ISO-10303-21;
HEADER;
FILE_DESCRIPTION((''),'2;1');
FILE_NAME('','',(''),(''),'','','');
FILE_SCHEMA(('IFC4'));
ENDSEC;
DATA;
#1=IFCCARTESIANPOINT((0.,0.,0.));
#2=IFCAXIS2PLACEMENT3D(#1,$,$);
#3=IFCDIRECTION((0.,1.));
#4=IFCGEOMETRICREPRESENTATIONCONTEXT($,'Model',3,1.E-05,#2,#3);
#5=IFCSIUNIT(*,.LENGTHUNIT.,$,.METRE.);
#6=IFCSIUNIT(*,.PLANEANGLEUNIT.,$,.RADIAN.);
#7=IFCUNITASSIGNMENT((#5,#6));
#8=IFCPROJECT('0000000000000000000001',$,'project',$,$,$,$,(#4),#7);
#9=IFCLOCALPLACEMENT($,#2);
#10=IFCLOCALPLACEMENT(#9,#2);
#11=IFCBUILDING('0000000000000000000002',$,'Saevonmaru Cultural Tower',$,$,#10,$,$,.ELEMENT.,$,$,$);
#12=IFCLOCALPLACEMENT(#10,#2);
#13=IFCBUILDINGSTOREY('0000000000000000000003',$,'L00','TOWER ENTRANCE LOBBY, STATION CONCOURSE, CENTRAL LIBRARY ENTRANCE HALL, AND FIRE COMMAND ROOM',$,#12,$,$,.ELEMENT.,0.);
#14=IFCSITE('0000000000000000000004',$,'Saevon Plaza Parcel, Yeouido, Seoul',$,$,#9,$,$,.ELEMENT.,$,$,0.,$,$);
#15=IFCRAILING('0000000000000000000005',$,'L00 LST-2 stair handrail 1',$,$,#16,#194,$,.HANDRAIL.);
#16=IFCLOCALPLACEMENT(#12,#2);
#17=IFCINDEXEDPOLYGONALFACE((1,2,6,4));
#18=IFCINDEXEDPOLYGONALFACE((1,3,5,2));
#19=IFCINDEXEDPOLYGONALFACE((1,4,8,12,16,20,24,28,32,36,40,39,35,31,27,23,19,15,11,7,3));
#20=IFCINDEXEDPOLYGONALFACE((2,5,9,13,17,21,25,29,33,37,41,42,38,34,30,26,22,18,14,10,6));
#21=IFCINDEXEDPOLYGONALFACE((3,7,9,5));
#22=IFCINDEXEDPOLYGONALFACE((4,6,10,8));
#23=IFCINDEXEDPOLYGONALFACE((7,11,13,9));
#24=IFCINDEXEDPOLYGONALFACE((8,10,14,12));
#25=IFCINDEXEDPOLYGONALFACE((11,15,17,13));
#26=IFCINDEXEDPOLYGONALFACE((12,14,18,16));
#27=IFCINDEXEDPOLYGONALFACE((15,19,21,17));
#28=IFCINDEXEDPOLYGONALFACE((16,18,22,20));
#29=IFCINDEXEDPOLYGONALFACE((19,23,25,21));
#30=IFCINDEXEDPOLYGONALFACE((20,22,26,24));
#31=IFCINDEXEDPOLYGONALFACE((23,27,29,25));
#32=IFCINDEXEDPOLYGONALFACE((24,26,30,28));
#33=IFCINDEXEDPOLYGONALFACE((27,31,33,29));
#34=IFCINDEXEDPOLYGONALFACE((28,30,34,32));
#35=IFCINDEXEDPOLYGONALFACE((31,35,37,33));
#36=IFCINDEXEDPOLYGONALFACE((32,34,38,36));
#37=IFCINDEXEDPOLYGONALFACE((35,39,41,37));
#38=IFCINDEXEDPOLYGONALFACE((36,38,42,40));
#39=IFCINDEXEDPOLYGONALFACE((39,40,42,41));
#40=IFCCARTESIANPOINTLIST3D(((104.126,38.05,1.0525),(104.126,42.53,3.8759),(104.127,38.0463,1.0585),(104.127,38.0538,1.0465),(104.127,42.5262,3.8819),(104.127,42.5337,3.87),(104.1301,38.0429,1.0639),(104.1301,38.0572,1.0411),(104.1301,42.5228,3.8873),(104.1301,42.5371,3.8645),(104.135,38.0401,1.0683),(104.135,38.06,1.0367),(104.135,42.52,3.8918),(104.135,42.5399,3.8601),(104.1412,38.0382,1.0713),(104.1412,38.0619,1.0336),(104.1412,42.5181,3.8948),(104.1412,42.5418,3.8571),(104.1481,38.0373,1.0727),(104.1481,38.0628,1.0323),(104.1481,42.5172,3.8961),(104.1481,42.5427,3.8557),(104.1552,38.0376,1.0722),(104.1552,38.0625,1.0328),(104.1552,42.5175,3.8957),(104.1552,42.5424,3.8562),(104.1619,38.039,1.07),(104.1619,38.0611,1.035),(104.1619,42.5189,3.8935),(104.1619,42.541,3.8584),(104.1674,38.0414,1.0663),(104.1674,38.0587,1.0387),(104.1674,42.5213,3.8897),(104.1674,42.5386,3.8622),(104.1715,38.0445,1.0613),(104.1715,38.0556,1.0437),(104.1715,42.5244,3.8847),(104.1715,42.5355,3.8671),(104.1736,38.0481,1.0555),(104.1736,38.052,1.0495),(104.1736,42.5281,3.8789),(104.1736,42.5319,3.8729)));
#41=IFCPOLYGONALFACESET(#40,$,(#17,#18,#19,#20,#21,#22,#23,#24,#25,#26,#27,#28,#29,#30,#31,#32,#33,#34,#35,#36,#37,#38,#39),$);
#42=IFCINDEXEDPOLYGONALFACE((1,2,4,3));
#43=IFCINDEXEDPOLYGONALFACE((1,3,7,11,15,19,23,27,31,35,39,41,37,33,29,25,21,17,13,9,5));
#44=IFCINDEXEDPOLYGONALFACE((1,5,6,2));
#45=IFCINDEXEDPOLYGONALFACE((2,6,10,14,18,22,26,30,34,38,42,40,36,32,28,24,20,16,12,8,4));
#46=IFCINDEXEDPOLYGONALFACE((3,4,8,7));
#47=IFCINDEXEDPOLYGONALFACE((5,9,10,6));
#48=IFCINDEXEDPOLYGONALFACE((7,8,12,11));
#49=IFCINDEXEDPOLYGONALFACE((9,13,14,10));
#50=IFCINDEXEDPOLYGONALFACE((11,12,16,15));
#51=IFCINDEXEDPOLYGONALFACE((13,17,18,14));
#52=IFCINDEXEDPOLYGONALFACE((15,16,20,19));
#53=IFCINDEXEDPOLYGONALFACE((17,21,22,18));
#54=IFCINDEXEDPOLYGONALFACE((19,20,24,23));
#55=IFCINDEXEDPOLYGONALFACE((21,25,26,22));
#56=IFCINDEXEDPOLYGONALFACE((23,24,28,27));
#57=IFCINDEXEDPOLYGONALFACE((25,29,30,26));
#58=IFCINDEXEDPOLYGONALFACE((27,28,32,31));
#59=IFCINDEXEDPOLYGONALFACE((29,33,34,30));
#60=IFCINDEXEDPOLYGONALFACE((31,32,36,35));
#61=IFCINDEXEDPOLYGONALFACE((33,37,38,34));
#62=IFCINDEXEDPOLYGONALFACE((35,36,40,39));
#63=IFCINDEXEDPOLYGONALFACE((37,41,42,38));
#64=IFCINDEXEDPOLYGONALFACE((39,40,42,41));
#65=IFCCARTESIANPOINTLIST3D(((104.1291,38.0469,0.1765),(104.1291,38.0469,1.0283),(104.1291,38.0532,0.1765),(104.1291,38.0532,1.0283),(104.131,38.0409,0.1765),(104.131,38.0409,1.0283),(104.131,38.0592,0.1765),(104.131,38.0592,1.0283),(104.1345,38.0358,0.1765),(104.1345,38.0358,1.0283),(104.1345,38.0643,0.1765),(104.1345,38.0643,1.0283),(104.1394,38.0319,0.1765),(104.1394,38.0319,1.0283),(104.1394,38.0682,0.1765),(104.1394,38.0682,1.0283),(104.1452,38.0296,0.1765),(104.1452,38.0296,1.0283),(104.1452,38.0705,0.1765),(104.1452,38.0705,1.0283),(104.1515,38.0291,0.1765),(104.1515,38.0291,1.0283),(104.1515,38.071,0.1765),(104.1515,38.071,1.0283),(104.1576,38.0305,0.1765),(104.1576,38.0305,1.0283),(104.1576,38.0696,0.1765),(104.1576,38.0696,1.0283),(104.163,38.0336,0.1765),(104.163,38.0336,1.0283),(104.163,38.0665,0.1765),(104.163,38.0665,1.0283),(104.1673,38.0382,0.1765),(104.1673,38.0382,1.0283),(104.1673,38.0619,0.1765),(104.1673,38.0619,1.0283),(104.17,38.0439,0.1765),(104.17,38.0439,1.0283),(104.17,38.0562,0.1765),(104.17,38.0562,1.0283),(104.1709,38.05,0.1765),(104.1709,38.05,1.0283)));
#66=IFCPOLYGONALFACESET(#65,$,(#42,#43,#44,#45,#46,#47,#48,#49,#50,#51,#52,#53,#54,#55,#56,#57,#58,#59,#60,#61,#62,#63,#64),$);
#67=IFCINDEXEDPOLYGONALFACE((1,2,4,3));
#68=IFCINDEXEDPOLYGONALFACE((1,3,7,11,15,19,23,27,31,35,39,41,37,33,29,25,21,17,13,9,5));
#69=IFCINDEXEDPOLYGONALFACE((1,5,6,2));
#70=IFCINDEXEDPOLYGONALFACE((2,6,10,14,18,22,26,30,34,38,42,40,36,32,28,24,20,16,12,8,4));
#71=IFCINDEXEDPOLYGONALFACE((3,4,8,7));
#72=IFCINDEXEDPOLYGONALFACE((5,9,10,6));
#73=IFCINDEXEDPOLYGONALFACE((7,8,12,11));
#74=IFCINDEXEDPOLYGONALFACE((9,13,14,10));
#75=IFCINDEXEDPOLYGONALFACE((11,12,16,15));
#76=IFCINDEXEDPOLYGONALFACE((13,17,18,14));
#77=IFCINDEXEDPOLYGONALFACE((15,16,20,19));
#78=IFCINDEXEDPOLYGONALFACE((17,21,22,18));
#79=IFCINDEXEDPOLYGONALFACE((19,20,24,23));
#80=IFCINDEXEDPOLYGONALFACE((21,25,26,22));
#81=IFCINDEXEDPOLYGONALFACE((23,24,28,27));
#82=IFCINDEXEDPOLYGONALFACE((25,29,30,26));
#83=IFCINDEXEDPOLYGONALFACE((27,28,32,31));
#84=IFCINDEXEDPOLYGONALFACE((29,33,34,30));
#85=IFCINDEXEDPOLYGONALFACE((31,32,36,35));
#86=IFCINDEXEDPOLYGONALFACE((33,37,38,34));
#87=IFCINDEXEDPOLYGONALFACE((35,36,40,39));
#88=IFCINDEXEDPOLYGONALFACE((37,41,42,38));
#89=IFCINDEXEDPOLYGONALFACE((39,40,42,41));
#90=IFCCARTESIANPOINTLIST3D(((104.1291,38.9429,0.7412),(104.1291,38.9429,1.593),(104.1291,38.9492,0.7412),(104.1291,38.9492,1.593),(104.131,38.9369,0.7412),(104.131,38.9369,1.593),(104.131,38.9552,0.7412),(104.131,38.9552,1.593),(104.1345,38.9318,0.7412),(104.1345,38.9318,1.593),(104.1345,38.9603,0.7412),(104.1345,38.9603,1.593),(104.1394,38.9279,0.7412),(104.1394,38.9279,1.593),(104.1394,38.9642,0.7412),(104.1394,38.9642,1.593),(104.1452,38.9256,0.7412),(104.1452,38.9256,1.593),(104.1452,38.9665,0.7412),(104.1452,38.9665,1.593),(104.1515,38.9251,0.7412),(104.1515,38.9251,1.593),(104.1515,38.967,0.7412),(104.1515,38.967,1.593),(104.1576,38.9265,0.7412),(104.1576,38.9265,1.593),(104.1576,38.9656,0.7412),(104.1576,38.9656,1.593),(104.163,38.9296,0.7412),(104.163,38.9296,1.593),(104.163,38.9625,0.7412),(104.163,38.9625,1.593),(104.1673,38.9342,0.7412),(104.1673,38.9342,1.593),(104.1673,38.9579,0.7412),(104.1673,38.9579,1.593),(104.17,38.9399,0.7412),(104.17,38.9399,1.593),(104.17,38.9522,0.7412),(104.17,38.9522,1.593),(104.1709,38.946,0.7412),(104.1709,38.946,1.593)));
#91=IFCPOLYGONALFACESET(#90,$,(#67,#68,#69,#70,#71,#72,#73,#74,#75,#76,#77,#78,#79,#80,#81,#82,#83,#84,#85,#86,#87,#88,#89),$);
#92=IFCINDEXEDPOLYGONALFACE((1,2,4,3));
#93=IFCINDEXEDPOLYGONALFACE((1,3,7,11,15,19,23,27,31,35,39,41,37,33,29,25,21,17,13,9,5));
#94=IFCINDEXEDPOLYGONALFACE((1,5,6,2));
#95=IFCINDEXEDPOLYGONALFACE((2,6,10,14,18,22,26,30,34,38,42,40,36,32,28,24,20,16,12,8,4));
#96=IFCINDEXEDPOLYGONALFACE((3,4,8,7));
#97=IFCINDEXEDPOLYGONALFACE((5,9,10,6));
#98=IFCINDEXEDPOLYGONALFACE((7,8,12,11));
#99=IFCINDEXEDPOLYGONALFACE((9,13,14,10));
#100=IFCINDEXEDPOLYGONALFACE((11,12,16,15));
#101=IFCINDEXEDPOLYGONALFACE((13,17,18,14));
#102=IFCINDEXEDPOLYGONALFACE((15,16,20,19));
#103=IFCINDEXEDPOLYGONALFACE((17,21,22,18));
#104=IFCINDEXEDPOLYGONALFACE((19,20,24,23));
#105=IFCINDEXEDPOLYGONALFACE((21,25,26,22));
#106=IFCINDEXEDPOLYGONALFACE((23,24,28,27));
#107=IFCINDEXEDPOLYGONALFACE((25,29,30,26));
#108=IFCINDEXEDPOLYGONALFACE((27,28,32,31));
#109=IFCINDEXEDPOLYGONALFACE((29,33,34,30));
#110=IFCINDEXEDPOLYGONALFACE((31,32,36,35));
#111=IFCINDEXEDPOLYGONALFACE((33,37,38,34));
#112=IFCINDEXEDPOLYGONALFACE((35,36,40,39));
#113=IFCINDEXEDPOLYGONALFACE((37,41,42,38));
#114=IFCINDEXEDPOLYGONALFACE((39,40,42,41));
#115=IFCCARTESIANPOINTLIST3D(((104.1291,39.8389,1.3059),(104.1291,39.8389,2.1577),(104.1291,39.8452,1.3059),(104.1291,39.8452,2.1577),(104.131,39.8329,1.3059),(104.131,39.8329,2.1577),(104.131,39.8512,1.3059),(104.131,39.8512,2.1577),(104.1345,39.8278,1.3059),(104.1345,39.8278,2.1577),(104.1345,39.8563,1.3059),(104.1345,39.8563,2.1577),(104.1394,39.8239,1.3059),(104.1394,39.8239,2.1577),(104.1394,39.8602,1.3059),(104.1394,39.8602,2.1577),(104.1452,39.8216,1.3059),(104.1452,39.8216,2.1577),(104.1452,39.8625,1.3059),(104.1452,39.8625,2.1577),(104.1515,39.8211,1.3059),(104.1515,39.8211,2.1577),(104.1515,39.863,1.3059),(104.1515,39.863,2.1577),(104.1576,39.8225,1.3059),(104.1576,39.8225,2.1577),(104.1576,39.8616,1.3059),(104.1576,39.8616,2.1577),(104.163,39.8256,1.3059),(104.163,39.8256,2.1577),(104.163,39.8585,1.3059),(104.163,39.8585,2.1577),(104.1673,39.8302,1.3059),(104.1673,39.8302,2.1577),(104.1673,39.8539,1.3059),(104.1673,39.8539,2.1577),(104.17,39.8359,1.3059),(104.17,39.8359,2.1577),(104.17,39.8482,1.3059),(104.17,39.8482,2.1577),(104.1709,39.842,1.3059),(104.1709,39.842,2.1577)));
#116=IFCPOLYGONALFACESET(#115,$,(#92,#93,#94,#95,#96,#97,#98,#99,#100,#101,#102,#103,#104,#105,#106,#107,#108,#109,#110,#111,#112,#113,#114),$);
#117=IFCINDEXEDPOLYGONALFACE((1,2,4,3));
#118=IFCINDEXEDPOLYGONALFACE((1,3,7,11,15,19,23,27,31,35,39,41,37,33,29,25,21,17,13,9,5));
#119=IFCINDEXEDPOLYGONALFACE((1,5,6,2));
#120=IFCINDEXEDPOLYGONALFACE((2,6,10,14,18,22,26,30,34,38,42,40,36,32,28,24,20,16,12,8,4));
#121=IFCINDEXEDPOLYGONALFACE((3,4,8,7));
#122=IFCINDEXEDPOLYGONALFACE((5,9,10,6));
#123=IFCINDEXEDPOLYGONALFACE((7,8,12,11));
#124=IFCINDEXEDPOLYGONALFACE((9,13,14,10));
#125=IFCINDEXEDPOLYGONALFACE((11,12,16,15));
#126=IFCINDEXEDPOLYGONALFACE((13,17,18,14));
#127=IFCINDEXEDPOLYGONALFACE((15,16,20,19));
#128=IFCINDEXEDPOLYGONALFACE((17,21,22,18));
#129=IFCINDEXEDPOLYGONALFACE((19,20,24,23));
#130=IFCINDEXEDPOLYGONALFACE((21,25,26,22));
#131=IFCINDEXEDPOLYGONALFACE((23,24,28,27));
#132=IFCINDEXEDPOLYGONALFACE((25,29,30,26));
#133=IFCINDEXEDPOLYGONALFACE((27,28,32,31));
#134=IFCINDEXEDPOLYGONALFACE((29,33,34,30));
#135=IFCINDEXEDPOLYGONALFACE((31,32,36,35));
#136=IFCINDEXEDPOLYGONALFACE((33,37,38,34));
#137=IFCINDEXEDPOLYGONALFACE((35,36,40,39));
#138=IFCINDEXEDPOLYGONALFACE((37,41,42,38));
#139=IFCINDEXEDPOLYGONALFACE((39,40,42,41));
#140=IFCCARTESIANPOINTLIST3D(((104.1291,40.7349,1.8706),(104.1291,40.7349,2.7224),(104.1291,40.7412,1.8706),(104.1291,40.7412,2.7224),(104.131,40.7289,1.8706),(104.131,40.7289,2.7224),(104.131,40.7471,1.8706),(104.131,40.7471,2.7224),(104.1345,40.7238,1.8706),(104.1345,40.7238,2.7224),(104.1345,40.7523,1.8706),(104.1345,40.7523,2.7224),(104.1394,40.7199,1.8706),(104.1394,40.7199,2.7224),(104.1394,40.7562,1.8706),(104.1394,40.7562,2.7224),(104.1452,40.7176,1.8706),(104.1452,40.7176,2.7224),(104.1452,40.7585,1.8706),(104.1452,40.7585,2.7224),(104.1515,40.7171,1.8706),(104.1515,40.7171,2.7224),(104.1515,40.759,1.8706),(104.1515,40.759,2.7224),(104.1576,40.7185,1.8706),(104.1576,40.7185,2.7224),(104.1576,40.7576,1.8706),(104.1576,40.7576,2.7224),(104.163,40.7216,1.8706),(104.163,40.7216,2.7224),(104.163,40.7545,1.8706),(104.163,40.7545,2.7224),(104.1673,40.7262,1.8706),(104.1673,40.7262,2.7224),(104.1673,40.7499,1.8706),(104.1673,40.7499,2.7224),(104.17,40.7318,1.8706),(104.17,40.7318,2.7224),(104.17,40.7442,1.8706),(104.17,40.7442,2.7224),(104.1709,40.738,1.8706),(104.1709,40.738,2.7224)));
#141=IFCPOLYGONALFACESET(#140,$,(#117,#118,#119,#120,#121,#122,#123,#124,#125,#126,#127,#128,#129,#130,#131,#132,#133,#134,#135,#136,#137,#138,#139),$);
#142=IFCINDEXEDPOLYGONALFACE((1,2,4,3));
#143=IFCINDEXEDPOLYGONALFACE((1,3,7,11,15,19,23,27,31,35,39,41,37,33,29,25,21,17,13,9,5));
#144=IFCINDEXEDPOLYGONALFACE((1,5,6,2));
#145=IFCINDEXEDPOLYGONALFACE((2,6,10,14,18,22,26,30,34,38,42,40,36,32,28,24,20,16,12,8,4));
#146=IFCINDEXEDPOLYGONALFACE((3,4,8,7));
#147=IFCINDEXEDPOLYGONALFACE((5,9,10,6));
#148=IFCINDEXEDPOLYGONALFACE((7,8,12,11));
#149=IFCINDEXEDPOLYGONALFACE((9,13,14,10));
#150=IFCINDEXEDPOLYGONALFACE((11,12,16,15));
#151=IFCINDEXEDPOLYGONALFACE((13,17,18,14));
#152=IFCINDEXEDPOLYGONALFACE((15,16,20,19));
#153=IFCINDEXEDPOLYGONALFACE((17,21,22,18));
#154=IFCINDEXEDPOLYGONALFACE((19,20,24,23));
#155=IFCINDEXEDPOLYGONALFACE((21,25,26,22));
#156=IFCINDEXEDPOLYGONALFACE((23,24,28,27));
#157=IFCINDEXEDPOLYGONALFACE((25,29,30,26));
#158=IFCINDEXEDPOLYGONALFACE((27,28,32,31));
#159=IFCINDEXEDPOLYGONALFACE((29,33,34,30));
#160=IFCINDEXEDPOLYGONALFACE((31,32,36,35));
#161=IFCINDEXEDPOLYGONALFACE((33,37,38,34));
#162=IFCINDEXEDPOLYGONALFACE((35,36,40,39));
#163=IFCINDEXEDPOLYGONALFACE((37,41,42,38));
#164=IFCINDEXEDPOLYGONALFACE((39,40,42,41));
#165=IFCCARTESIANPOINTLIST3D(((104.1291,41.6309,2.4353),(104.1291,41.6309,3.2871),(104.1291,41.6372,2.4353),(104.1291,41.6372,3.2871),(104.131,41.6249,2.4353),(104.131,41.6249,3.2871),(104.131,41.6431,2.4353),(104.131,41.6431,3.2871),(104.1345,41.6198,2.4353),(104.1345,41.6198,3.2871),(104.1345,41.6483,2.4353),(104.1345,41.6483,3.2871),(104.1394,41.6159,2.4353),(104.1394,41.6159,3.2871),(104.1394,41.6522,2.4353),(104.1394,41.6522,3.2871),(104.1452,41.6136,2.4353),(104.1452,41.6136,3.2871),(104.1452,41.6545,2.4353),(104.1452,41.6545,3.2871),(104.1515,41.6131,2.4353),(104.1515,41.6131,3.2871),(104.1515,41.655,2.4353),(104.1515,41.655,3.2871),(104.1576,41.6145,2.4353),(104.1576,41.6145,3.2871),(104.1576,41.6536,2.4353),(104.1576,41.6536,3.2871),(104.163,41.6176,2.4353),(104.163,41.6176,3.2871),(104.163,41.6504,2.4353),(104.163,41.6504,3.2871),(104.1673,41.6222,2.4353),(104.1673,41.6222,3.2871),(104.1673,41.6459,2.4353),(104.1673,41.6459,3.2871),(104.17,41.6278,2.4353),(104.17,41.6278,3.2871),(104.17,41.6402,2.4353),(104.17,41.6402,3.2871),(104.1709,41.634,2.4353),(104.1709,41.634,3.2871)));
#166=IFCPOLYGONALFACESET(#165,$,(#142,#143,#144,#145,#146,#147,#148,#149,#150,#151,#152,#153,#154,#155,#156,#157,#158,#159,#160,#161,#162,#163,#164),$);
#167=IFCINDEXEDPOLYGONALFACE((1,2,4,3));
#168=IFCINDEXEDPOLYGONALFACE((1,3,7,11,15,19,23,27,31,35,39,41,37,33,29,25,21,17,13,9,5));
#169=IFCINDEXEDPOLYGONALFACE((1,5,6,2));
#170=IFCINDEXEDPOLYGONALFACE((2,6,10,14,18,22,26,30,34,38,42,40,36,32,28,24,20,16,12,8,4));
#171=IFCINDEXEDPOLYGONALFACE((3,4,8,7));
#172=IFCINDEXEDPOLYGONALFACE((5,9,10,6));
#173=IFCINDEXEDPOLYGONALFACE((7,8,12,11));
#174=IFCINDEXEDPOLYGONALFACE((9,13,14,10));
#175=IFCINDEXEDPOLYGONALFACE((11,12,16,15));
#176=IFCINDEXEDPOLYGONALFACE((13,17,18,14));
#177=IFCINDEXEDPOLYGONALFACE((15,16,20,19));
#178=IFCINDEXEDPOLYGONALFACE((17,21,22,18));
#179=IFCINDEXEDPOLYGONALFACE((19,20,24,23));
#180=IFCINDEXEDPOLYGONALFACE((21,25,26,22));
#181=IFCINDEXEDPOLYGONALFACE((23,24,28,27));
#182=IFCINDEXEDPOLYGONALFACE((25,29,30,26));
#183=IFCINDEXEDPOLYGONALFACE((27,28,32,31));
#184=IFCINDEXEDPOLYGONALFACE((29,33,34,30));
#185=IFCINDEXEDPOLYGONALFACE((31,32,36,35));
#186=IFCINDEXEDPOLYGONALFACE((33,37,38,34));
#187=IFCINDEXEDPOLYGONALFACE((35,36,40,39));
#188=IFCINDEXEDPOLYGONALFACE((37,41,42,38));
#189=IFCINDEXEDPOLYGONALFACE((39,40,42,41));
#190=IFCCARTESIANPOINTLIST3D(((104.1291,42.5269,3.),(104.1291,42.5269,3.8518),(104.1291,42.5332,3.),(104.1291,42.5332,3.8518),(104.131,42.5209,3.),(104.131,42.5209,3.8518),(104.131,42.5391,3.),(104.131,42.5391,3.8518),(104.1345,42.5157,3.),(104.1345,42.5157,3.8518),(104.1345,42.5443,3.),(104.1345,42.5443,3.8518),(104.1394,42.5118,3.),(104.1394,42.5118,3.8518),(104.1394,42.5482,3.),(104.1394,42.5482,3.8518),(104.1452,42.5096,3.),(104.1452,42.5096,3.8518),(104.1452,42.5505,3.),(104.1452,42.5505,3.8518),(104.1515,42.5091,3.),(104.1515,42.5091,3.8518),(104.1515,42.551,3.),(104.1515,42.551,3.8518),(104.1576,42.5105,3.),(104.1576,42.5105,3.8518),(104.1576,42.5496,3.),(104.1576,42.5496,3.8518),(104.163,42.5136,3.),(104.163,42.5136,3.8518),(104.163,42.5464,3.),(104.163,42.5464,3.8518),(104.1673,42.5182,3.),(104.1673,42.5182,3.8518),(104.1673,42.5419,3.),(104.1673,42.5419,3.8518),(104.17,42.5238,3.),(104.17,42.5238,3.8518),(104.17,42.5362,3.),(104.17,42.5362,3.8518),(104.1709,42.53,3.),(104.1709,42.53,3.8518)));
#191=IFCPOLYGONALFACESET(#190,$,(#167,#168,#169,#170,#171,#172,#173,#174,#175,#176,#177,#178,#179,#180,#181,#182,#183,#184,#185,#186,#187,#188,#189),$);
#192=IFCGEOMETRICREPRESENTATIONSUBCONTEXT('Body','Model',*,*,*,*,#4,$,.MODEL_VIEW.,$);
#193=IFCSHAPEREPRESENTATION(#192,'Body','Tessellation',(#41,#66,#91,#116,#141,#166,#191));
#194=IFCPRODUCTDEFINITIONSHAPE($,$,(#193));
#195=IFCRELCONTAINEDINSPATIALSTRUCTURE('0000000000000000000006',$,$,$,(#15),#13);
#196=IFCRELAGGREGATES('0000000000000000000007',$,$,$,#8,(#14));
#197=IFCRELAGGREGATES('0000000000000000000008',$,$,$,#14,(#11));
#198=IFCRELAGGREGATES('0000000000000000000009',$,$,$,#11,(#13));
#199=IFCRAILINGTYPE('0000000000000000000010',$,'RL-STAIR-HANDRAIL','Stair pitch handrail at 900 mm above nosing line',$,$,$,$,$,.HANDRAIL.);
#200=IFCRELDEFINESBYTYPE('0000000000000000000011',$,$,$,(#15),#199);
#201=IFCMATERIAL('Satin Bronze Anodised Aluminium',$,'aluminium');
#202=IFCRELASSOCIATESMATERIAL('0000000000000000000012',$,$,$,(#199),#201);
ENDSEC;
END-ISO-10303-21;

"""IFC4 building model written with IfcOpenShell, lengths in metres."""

from ifc_helpers import new_model, si_unit, direction, frame, origin, origin_2d, place, context, subcontext, project, spatial, circle, extrude, material, type_object, element, save


model = new_model("IFC4")

# Units and contexts
model_context = context("Model", 3, precision=1e-05, world=origin(), true_north=direction((0.0, 1.0)))
body_context = subcontext(model_context, "Body", "Model", "MODEL_VIEW")
ifc_project = project(units=[si_unit("LENGTHUNIT", "METRE"), si_unit("PLANEANGLEUNIT", "RADIAN")], contexts=[model_context])

# Site, building, storey
site_placement = place(None, origin())
site = spatial("IfcSite", under=ifc_project, at=site_placement, Name="Saevon Plaza Parcel, Yeouido, Seoul", CompositionType="ELEMENT", RefElevation=0.0)
building_placement = place(site_placement, origin())
building = spatial("IfcBuilding", under=site, at=building_placement, Name="Saevonmaru Cultural Tower", CompositionType="ELEMENT")
storey_placement = place(building_placement, origin())
storey = spatial("IfcBuildingStorey", under=building, at=storey_placement, Name="L00", Description="TOWER ENTRANCE LOBBY, STATION CONCOURSE, CENTRAL LIBRARY ENTRANCE HALL, AND FIRE COMMAND ROOM", CompositionType="ELEMENT", Elevation=0.0)

# Shared definitions
ifc_material_1 = material(Name="Satin Bronze Anodised Aluminium", Category="aluminium")

# Railing
railing_type_1 = type_object("IfcRailingType", Name="RL-STAIR-HANDRAIL", Description="Stair pitch handrail at 900 mm above nosing line", PredefinedType="HANDRAIL", material=ifc_material_1)
railing_1_placement = place(storey_placement, frame((104.1499, 38.05, 0.1765)))
element("IfcRailing", 1, at=railing_1_placement, inside=storey, type_object=railing_type_1, Name="L00 LST-2 stair handrail 1", PredefinedType="HANDRAIL", context=body_context, shape_type="SweptSolid", body=[
    extrude(circle(Radius=0.0239, at=origin_2d()), frame((0.0, 0.0, 0.876), z_axis=(0.0, 0.845998, 0.533186), x_axis=(-1.0, 0.0, 0.0)), (0.0, 0.0, 1.0), 5.2954),
    extrude(circle(Radius=0.021, at=origin_2d()), origin(), (0.0, 0.0, 1.0), 0.8518),
    extrude(circle(Radius=0.021, at=origin_2d()), frame((0.0, 0.896, 0.5647)), (0.0, 0.0, 1.0), 0.8518),
    extrude(circle(Radius=0.021, at=origin_2d()), frame((0.0, 1.792, 1.1294)), (0.0, 0.0, 1.0), 0.8518),
    extrude(circle(Radius=0.021, at=origin_2d()), frame((0.0, 2.688, 1.6941)), (0.0, 0.0, 1.0), 0.8518),
    extrude(circle(Radius=0.021, at=origin_2d()), frame((0.0, 3.584, 2.2588)), (0.0, 0.0, 1.0), 0.8518),
    extrude(circle(Radius=0.021, at=origin_2d()), frame((0.0, 4.48, 2.8235)), (0.0, 0.0, 1.0), 0.8518),
])

save(model, "model.ifc")
